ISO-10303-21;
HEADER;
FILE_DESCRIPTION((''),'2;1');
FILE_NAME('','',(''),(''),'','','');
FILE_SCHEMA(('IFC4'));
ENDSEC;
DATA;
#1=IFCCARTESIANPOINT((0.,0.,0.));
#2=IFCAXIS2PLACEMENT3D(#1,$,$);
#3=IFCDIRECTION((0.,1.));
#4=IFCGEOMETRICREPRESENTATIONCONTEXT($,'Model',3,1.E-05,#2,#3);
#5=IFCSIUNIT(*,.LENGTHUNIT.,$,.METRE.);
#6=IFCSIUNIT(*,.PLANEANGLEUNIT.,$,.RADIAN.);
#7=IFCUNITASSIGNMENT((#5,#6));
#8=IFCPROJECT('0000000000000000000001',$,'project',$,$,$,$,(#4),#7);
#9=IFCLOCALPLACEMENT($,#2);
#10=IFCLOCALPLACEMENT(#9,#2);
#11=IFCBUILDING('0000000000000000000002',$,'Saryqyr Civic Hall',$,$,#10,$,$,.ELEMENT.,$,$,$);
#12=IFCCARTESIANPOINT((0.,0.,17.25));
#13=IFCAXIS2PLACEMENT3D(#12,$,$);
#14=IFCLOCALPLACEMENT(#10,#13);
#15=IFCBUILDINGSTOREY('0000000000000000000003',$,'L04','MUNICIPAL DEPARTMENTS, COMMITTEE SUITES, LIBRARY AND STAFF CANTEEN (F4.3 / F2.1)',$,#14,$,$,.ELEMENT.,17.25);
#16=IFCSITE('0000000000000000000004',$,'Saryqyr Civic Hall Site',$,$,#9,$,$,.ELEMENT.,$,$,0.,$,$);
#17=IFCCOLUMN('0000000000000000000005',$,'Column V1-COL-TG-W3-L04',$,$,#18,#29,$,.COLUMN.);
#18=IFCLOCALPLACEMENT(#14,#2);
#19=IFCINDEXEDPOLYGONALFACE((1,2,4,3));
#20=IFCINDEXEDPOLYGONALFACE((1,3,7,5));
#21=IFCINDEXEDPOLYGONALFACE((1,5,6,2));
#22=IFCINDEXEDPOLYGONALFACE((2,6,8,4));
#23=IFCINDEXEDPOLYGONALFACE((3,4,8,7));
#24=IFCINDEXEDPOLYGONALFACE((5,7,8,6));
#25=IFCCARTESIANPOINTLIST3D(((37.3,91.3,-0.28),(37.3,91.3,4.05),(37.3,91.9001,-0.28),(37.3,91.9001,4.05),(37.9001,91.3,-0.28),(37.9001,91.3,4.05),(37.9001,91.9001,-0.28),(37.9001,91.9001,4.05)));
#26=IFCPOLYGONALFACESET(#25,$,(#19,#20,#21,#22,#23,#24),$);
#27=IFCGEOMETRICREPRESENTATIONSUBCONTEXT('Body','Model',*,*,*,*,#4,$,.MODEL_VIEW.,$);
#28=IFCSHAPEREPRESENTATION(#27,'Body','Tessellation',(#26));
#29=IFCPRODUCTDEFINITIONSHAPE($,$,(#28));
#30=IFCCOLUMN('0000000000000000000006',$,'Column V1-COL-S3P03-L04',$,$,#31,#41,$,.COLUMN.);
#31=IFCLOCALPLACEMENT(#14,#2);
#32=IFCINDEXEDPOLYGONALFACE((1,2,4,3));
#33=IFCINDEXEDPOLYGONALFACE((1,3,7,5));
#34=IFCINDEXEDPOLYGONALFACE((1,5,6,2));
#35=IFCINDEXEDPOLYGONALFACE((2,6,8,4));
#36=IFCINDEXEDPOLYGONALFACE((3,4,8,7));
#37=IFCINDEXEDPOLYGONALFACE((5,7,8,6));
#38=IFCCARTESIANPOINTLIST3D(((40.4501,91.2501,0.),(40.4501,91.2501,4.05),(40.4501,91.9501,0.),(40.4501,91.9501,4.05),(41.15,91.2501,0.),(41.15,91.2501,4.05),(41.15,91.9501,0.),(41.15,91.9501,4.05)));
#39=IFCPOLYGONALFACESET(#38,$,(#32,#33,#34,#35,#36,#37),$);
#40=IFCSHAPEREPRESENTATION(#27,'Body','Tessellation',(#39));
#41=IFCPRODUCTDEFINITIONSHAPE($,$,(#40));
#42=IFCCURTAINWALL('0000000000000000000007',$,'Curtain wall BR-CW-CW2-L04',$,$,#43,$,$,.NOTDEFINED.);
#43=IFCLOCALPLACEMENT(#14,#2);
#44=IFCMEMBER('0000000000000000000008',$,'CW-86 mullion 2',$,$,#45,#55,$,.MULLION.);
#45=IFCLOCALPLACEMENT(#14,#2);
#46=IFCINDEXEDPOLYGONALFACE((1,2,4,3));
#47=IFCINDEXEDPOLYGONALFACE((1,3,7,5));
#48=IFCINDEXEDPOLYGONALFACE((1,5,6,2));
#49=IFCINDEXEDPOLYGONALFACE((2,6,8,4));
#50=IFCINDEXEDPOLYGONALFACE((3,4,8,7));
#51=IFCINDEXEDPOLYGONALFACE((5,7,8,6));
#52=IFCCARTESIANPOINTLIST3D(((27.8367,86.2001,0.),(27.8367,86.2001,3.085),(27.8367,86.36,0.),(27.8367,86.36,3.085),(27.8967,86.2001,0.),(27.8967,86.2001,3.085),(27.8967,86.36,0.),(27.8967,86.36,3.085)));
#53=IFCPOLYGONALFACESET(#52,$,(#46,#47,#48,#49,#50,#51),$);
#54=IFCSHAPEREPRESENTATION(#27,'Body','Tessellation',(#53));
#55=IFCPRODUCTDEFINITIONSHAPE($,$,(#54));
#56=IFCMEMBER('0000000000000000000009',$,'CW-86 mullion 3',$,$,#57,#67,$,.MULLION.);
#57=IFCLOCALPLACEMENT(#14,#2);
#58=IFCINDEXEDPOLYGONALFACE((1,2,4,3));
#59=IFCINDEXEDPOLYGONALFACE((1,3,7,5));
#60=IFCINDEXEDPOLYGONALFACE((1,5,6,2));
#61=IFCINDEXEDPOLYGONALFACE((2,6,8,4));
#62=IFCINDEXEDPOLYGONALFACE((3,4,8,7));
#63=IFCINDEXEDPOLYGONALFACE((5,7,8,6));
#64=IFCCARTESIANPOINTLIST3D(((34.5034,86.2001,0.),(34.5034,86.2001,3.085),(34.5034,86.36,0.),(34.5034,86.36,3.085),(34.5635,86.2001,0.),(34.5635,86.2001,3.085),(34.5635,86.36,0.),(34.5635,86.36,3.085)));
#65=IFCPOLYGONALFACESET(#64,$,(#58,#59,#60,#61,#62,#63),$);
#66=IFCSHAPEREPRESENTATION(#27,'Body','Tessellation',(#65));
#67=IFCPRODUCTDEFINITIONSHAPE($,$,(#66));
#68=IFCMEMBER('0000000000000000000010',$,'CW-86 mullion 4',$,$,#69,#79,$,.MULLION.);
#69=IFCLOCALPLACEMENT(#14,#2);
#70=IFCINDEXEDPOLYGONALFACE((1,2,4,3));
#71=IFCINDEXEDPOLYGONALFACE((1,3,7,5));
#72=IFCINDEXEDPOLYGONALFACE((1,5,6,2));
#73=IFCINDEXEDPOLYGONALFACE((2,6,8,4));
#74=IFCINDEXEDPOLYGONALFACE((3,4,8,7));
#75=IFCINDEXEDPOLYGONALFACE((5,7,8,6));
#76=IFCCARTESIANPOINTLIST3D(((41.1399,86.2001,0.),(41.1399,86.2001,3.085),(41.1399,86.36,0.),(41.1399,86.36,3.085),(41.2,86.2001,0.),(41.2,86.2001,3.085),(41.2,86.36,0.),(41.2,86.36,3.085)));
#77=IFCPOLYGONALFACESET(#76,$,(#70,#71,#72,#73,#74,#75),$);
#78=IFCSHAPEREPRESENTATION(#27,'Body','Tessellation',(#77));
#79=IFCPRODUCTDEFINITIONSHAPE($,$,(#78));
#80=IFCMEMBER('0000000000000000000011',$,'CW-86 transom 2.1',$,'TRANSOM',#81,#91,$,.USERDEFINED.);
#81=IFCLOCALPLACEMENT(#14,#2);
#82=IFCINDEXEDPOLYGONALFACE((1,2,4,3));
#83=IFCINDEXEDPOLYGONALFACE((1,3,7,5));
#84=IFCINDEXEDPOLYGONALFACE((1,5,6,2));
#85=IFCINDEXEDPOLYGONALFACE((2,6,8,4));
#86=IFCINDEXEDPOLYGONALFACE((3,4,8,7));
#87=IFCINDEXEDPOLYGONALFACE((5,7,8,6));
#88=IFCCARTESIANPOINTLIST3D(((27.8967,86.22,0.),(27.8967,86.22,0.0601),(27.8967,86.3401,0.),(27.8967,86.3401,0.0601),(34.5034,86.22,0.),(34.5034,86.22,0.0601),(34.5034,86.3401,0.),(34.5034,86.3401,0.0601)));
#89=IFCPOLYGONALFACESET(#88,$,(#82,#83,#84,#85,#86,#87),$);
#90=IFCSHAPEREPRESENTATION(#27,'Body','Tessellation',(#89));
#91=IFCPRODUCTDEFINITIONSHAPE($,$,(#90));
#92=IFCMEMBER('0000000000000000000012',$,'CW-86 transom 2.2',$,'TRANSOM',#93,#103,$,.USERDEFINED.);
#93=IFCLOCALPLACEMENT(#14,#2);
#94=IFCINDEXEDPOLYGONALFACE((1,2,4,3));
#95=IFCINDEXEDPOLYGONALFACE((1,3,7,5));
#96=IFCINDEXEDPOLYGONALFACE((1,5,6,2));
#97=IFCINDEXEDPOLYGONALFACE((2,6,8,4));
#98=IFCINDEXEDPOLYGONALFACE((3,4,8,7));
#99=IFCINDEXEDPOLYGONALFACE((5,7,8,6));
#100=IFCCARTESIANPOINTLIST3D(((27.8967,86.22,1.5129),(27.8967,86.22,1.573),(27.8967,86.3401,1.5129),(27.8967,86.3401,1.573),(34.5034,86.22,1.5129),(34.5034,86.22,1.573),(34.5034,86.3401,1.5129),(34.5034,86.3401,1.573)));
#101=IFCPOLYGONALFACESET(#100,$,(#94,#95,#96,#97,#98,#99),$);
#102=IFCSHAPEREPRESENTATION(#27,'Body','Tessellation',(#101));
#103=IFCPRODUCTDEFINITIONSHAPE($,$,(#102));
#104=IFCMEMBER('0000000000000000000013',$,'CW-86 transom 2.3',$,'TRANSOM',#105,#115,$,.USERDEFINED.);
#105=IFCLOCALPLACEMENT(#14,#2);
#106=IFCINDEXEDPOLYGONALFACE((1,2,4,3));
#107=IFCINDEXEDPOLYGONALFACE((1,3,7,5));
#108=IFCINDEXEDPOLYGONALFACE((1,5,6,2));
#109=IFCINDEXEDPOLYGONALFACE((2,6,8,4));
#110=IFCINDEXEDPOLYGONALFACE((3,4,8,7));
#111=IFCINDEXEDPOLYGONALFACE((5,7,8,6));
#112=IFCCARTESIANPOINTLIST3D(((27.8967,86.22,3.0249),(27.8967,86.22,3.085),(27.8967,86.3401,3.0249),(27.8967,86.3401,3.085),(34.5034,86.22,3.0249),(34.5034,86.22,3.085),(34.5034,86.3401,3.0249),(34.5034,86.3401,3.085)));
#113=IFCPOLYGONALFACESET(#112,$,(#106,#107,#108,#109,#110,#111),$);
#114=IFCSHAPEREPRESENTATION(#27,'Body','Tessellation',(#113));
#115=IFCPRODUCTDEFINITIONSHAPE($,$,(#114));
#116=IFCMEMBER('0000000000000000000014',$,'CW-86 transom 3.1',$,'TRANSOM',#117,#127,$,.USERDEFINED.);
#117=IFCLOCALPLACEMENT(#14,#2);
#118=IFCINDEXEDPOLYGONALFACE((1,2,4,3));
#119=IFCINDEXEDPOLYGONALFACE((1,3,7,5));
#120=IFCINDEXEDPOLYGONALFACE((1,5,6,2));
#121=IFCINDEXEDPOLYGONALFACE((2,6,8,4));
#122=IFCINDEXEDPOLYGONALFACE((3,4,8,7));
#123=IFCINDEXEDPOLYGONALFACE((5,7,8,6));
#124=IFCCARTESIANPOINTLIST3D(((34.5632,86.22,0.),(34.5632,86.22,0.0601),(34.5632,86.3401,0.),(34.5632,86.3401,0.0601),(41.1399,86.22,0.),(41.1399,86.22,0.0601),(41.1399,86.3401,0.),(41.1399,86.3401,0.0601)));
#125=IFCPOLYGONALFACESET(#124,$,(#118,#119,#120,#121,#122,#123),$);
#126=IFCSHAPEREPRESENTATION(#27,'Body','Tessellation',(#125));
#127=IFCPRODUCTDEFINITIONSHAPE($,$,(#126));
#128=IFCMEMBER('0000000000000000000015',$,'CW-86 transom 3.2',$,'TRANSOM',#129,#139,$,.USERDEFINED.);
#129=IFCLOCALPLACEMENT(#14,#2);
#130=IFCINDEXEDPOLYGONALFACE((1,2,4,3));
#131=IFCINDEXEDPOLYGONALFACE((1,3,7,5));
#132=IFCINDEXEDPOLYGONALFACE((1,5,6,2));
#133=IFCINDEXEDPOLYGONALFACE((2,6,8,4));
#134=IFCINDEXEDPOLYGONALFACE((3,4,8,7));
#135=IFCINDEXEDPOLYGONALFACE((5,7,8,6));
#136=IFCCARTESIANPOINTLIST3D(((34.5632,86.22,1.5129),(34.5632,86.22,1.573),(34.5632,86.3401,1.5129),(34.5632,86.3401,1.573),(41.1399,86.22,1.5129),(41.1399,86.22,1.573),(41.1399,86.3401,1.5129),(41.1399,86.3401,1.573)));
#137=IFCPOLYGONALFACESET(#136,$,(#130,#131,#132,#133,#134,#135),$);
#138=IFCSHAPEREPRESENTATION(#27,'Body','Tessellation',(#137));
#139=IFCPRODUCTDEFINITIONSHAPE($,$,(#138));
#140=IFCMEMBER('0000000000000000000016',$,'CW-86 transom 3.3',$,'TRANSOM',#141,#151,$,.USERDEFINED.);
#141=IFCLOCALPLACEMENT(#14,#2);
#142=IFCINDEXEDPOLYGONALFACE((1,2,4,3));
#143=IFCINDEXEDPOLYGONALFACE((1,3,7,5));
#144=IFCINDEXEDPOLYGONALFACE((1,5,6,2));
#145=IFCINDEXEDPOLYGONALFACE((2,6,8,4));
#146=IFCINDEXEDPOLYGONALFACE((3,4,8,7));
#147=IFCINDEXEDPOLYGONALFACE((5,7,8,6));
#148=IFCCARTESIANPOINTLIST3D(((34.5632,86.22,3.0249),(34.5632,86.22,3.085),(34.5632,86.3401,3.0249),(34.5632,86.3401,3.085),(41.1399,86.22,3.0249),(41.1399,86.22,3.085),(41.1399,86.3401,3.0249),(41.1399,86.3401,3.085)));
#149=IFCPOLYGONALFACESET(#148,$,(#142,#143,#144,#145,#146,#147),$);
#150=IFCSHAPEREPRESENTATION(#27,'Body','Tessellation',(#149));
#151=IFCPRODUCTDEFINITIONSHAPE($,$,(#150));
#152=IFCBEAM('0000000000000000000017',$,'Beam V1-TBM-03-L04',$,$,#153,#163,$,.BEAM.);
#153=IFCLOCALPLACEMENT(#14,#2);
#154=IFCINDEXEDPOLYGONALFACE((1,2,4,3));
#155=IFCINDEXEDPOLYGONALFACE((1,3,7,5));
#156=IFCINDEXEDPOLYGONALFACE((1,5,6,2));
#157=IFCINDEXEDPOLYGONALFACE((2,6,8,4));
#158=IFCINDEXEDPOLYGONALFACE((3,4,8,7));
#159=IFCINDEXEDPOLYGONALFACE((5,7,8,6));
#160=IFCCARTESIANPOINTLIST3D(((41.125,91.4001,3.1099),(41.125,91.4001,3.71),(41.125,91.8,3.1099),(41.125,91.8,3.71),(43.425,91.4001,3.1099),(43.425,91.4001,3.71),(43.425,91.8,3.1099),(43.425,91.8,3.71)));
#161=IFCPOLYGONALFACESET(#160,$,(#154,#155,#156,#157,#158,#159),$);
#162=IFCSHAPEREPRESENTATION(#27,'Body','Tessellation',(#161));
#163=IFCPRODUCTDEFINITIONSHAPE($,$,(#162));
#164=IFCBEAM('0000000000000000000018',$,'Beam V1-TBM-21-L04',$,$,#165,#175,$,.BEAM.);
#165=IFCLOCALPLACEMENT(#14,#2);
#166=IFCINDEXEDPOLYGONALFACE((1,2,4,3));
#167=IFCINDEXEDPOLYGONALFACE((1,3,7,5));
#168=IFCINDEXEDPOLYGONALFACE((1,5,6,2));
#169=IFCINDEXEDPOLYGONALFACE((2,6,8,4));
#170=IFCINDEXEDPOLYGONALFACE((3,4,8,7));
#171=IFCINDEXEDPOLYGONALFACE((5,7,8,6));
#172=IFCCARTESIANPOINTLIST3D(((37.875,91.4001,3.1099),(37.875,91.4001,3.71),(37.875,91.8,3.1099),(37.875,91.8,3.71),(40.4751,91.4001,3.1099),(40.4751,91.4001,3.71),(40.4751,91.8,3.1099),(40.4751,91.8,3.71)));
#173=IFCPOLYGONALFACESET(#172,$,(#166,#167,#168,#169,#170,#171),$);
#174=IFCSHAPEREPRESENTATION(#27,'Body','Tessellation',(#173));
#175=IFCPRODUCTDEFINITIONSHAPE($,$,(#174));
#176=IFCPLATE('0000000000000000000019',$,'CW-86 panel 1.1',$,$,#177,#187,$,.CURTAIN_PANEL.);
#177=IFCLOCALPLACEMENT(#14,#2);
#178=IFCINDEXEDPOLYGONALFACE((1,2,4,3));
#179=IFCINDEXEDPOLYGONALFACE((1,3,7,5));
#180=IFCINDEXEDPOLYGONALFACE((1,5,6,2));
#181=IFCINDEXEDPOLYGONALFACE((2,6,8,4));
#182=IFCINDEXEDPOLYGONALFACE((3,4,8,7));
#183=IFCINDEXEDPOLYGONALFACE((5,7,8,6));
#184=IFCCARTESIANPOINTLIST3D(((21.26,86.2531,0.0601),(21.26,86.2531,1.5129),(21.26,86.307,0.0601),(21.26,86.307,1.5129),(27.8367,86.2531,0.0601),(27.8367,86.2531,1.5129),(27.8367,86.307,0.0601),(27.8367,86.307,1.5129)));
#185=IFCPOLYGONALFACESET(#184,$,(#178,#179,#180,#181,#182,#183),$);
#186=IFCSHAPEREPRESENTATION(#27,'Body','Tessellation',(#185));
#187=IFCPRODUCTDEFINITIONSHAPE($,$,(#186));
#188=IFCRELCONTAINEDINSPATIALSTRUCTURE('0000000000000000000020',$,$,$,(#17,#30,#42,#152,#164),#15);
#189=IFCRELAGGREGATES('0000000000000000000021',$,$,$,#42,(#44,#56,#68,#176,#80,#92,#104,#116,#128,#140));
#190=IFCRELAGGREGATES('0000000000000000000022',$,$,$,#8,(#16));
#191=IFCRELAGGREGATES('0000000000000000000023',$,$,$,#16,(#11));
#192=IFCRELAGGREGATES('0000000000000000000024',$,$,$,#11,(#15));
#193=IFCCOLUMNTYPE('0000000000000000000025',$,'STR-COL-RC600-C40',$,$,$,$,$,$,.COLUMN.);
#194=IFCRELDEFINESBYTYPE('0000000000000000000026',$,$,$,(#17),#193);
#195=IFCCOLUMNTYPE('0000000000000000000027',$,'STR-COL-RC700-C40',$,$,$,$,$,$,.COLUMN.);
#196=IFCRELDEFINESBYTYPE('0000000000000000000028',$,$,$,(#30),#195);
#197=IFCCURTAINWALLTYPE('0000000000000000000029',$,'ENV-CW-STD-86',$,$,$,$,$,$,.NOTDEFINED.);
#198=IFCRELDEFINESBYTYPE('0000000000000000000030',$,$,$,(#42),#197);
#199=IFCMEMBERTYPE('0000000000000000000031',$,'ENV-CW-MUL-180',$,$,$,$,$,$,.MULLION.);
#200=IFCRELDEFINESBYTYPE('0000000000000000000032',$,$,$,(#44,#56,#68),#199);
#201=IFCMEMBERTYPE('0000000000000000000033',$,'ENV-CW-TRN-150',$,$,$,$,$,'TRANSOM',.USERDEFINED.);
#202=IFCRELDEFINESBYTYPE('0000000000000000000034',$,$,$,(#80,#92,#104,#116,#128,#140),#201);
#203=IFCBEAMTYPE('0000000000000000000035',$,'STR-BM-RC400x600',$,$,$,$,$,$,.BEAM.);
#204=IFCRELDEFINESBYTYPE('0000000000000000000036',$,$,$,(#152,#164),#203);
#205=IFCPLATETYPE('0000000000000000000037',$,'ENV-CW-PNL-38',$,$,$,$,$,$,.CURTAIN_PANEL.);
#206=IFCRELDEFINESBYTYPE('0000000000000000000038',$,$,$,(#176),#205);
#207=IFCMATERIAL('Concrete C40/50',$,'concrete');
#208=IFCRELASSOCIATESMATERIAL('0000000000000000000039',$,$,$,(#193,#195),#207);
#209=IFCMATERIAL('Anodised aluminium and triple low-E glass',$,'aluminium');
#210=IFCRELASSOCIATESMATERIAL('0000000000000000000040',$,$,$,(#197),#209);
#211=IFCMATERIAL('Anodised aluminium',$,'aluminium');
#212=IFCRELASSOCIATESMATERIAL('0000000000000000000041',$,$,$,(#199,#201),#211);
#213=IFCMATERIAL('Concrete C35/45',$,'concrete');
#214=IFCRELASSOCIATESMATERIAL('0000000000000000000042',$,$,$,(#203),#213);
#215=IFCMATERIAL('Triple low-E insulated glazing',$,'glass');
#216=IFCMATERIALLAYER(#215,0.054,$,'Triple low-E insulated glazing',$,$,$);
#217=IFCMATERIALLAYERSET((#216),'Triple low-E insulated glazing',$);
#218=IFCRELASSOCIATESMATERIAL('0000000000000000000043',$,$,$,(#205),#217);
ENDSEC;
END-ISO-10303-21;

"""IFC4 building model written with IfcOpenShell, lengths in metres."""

from ifc_helpers import new_model, si_unit, direction, frame, origin, origin_2d, place, context, subcontext, project, spatial, rectangle, extrude, material, layer, layer_set, material_profile, profile_set, type_object, element, aggregate, save


model = new_model("IFC4")

# Units and contexts
model_context = context("Model", 3, precision=1e-05, world=origin(), true_north=direction((0.0, 1.0)))
body_context = subcontext(model_context, "Body", "Model", "MODEL_VIEW")
ifc_project = project(units=[si_unit("LENGTHUNIT", "METRE"), si_unit("PLANEANGLEUNIT", "RADIAN")], contexts=[model_context])

# Site, building, storey
site_placement = place(None, origin())
site = spatial("IfcSite", under=ifc_project, at=site_placement, Name="Saryqyr Civic Hall Site", CompositionType="ELEMENT", RefElevation=0.0)
building_placement = place(site_placement, origin())
building = spatial("IfcBuilding", under=site, at=building_placement, Name="Saryqyr Civic Hall", CompositionType="ELEMENT")
storey_placement = place(building_placement, frame((0.0, 0.0, 17.25)))
storey = spatial("IfcBuildingStorey", under=building, at=storey_placement, Name="L04", Description="MUNICIPAL DEPARTMENTS, COMMITTEE SUITES, LIBRARY AND STAFF CANTEEN (F4.3 / F2.1)", CompositionType="ELEMENT", Elevation=17.25)

# Columns
ifc_material_1 = material(Name="Concrete C40/50", Category="concrete")
ifc_material_profile_1 = material_profile(ifc_material_1, rectangle(XDim=0.6001, YDim=0.6001, at=origin_2d()), Name="RC 600x600")
ifc_profile_set_1 = profile_set([ifc_material_profile_1], Name="Concrete C40/50")
column_type_1 = type_object("IfcColumnType", Name="STR-COL-RC600-C40", PredefinedType="COLUMN", material=ifc_profile_set_1)
column_1_placement = place(storey_placement, frame((37.6001, 91.6001, -0.28), z_axis=(0.0, 0.0, 1.0), x_axis=(1.0, 0.0, 0.0)))
element("IfcColumn", 1, at=column_1_placement, inside=storey, type_object=column_type_1, Name="Column V1-COL-TG-W3-L04", PredefinedType="COLUMN", context=body_context, shape_type="SweptSolid", body=[
    extrude(rectangle(XDim=0.6001, YDim=0.6001, at=origin_2d()), origin(), (0.0, 0.0, 1.0), 4.3301),
])
ifc_material_profile_2 = material_profile(ifc_material_1, rectangle(XDim=0.7, YDim=0.7, at=origin_2d()), Name="RC 700x700")
ifc_profile_set_2 = profile_set([ifc_material_profile_2], Name="Concrete C40/50")
column_type_2 = type_object("IfcColumnType", Name="STR-COL-RC700-C40", PredefinedType="COLUMN", material=ifc_profile_set_2)
column_2_placement = place(storey_placement, frame((40.8, 91.6001, 0.0), z_axis=(0.0, 0.0, 1.0), x_axis=(1.0, 0.0, 0.0)))
element("IfcColumn", 2, at=column_2_placement, inside=storey, type_object=column_type_2, Name="Column V1-COL-S3P03-L04", PredefinedType="COLUMN", context=body_context, shape_type="SweptSolid", body=[
    extrude(rectangle(XDim=0.7, YDim=0.7, at=origin_2d()), origin(), (0.0, 0.0, 1.0), 4.05),
])

# Curtain wall, members
ifc_material_2 = material(Name="Anodised aluminium and triple low-E glass", Category="aluminium")
curtain_wall_type = type_object("IfcCurtainWallType", Name="ENV-CW-STD-86", PredefinedType="NOTDEFINED", material=ifc_material_2)
curtain_wall_placement = place(storey_placement, origin())
curtain_wall = element("IfcCurtainWall", 3, at=curtain_wall_placement, inside=storey, type_object=curtain_wall_type, Name="Curtain wall BR-CW-CW2-L04", PredefinedType="NOTDEFINED")
ifc_material_3 = material(Name="Anodised aluminium", Category="aluminium")
ifc_material_profile_3 = material_profile(ifc_material_3, rectangle(XDim=0.0601, YDim=0.1599, at=origin_2d()), Name="ALU MULLION 60x160")
ifc_profile_set_3 = profile_set([ifc_material_profile_3], Name="Anodised aluminium")
member_type_1 = type_object("IfcMemberType", Name="ENV-CW-MUL-180", PredefinedType="MULLION", material=ifc_profile_set_3)
member_1_placement = place(storey_placement, frame((27.8667, 86.28, 0.0), z_axis=(0.0, 0.0, 1.0), x_axis=(1.0, 0.0, 0.0)))
member_1 = element("IfcMember", 4, at=member_1_placement, type_object=member_type_1, Name="CW-86 mullion 2", PredefinedType="MULLION", context=body_context, shape_type="SweptSolid", body=[
    extrude(rectangle(XDim=0.0601, YDim=0.1599, at=origin_2d()), origin(), (0.0, 0.0, 1.0), 3.085),
])
member_2_placement = place(storey_placement, frame((34.5334, 86.28, 0.0), z_axis=(0.0, 0.0, 1.0), x_axis=(1.0, 0.0, 0.0)))
member_2 = element("IfcMember", 5, at=member_2_placement, type_object=member_type_1, Name="CW-86 mullion 3", PredefinedType="MULLION", context=body_context, shape_type="SweptSolid", body=[
    extrude(rectangle(XDim=0.0601, YDim=0.1599, at=origin_2d()), origin(), (0.0, 0.0, 1.0), 3.085),
])
member_3_placement = place(storey_placement, frame((41.1699, 86.28, 0.0), z_axis=(0.0, 0.0, 1.0), x_axis=(1.0, 0.0, 0.0)))
member_3 = element("IfcMember", 6, at=member_3_placement, type_object=member_type_1, Name="CW-86 mullion 4", PredefinedType="MULLION", context=body_context, shape_type="SweptSolid", body=[
    extrude(rectangle(XDim=0.0601, YDim=0.1599, at=origin_2d()), origin(), (0.0, 0.0, 1.0), 3.085),
])
ifc_material_profile_4 = material_profile(ifc_material_3, rectangle(XDim=0.1201, YDim=0.0601, at=origin_2d()), Name="ALU TRANSOM 120x60")
ifc_profile_set_4 = profile_set([ifc_material_profile_4], Name="Anodised aluminium")
member_type_2 = type_object("IfcMemberType", Name="ENV-CW-TRN-150", ElementType="TRANSOM", PredefinedType="USERDEFINED", material=ifc_profile_set_4)
member_4_placement = place(storey_placement, frame((27.8967, 86.28, 0.03), z_axis=(1.0, 0.0, 0.0), x_axis=(0.0, 1.0, 0.0)))
member_4 = element("IfcMember", 7, at=member_4_placement, type_object=member_type_2, Name="CW-86 transom 2.1", ObjectType="TRANSOM", PredefinedType="USERDEFINED", context=body_context, shape_type="SweptSolid", body=[
    extrude(rectangle(XDim=0.1201, YDim=0.0601, at=origin_2d()), origin(), (0.0, 0.0, 1.0), 6.6067),
])
member_5_placement = place(storey_placement, frame((27.8967, 86.28, 1.543), z_axis=(1.0, 0.0, 0.0), x_axis=(0.0, 1.0, 0.0)))
member_5 = element("IfcMember", 8, at=member_5_placement, type_object=member_type_2, Name="CW-86 transom 2.2", ObjectType="TRANSOM", PredefinedType="USERDEFINED", context=body_context, shape_type="SweptSolid", body=[
    extrude(rectangle(XDim=0.1201, YDim=0.0601, at=origin_2d()), origin(), (0.0, 0.0, 1.0), 6.6067),
])
member_6_placement = place(storey_placement, frame((27.8967, 86.28, 3.0549), z_axis=(1.0, 0.0, 0.0), x_axis=(0.0, 1.0, 0.0)))
member_6 = element("IfcMember", 9, at=member_6_placement, type_object=member_type_2, Name="CW-86 transom 2.3", ObjectType="TRANSOM", PredefinedType="USERDEFINED", context=body_context, shape_type="SweptSolid", body=[
    extrude(rectangle(XDim=0.1201, YDim=0.0601, at=origin_2d()), origin(), (0.0, 0.0, 1.0), 6.6067),
])
member_7_placement = place(storey_placement, frame((34.5632, 86.28, 0.03), z_axis=(1.0, 0.0, 0.0), x_axis=(0.0, 1.0, 0.0)))
member_7 = element("IfcMember", 10, at=member_7_placement, type_object=member_type_2, Name="CW-86 transom 3.1", ObjectType="TRANSOM", PredefinedType="USERDEFINED", context=body_context, shape_type="SweptSolid", body=[
    extrude(rectangle(XDim=0.1201, YDim=0.0601, at=origin_2d()), origin(), (0.0, 0.0, 1.0), 6.5767),
])
member_8_placement = place(storey_placement, frame((34.5632, 86.28, 1.543), z_axis=(1.0, 0.0, 0.0), x_axis=(0.0, 1.0, 0.0)))
member_8 = element("IfcMember", 11, at=member_8_placement, type_object=member_type_2, Name="CW-86 transom 3.2", ObjectType="TRANSOM", PredefinedType="USERDEFINED", context=body_context, shape_type="SweptSolid", body=[
    extrude(rectangle(XDim=0.1201, YDim=0.0601, at=origin_2d()), origin(), (0.0, 0.0, 1.0), 6.5767),
])
member_9_placement = place(storey_placement, frame((34.5632, 86.28, 3.0549), z_axis=(1.0, 0.0, 0.0), x_axis=(0.0, 1.0, 0.0)))
member_9 = element("IfcMember", 12, at=member_9_placement, type_object=member_type_2, Name="CW-86 transom 3.3", ObjectType="TRANSOM", PredefinedType="USERDEFINED", context=body_context, shape_type="SweptSolid", body=[
    extrude(rectangle(XDim=0.1201, YDim=0.0601, at=origin_2d()), origin(), (0.0, 0.0, 1.0), 6.5767),
])

# Beams
ifc_material_4 = material(Name="Concrete C35/45", Category="concrete")
ifc_material_profile_5 = material_profile(ifc_material_4, rectangle(XDim=0.3999, YDim=0.6001, at=origin_2d()), Name="RC 400x600")
ifc_profile_set_5 = profile_set([ifc_material_profile_5], Name="Concrete C35/45")
beam_type = type_object("IfcBeamType", Name="STR-BM-RC400x600", PredefinedType="BEAM", material=ifc_profile_set_5)
beam_1_placement = place(storey_placement, frame((41.125, 91.6001, 3.4099), z_axis=(1.0, 0.0, 0.0), x_axis=(0.0, 1.0, 0.0)))
element("IfcBeam", 13, at=beam_1_placement, inside=storey, type_object=beam_type, Name="Beam V1-TBM-03-L04", PredefinedType="BEAM", context=body_context, shape_type="SweptSolid", body=[
    extrude(rectangle(XDim=0.3999, YDim=0.6001, at=origin_2d()), origin(), (0.0, 0.0, 1.0), 2.3),
])
beam_2_placement = place(storey_placement, frame((37.875, 91.6001, 3.4099), z_axis=(1.0, 0.0, 0.0), x_axis=(0.0, 1.0, 0.0)))
element("IfcBeam", 14, at=beam_2_placement, inside=storey, type_object=beam_type, Name="Beam V1-TBM-21-L04", PredefinedType="BEAM", context=body_context, shape_type="SweptSolid", body=[
    extrude(rectangle(XDim=0.3999, YDim=0.6001, at=origin_2d()), origin(), (0.0, 0.0, 1.0), 2.6001),
])

# Plate
ifc_material_5 = material(Name="Triple low-E insulated glazing", Category="glass")
ifc_layer_1 = layer(ifc_material_5, 0.054, Name="Triple low-E insulated glazing")
ifc_layer_set_1 = layer_set([ifc_layer_1], Name="Triple low-E insulated glazing")
plate_type_1 = type_object("IfcPlateType", Name="ENV-CW-PNL-38", PredefinedType="CURTAIN_PANEL", material=ifc_layer_set_1)
plate_1_placement = place(storey_placement, frame((24.5483, 86.28, 0.0601), z_axis=(0.0, 0.0, 1.0), x_axis=(1.0, 0.0, 0.0)))
plate_1 = element("IfcPlate", 15, at=plate_1_placement, type_object=plate_type_1, Name="CW-86 panel 1.1", PredefinedType="CURTAIN_PANEL", context=body_context, shape_type="SweptSolid", body=[
    extrude(rectangle(XDim=6.5767, YDim=0.054, at=origin_2d()), origin(), (0.0, 0.0, 1.0), 1.4529),
])
aggregate(curtain_wall, [member_1, member_2, member_3, plate_1, member_4, member_5, member_6, member_7, member_8, member_9])

save(model, "model.ifc")
